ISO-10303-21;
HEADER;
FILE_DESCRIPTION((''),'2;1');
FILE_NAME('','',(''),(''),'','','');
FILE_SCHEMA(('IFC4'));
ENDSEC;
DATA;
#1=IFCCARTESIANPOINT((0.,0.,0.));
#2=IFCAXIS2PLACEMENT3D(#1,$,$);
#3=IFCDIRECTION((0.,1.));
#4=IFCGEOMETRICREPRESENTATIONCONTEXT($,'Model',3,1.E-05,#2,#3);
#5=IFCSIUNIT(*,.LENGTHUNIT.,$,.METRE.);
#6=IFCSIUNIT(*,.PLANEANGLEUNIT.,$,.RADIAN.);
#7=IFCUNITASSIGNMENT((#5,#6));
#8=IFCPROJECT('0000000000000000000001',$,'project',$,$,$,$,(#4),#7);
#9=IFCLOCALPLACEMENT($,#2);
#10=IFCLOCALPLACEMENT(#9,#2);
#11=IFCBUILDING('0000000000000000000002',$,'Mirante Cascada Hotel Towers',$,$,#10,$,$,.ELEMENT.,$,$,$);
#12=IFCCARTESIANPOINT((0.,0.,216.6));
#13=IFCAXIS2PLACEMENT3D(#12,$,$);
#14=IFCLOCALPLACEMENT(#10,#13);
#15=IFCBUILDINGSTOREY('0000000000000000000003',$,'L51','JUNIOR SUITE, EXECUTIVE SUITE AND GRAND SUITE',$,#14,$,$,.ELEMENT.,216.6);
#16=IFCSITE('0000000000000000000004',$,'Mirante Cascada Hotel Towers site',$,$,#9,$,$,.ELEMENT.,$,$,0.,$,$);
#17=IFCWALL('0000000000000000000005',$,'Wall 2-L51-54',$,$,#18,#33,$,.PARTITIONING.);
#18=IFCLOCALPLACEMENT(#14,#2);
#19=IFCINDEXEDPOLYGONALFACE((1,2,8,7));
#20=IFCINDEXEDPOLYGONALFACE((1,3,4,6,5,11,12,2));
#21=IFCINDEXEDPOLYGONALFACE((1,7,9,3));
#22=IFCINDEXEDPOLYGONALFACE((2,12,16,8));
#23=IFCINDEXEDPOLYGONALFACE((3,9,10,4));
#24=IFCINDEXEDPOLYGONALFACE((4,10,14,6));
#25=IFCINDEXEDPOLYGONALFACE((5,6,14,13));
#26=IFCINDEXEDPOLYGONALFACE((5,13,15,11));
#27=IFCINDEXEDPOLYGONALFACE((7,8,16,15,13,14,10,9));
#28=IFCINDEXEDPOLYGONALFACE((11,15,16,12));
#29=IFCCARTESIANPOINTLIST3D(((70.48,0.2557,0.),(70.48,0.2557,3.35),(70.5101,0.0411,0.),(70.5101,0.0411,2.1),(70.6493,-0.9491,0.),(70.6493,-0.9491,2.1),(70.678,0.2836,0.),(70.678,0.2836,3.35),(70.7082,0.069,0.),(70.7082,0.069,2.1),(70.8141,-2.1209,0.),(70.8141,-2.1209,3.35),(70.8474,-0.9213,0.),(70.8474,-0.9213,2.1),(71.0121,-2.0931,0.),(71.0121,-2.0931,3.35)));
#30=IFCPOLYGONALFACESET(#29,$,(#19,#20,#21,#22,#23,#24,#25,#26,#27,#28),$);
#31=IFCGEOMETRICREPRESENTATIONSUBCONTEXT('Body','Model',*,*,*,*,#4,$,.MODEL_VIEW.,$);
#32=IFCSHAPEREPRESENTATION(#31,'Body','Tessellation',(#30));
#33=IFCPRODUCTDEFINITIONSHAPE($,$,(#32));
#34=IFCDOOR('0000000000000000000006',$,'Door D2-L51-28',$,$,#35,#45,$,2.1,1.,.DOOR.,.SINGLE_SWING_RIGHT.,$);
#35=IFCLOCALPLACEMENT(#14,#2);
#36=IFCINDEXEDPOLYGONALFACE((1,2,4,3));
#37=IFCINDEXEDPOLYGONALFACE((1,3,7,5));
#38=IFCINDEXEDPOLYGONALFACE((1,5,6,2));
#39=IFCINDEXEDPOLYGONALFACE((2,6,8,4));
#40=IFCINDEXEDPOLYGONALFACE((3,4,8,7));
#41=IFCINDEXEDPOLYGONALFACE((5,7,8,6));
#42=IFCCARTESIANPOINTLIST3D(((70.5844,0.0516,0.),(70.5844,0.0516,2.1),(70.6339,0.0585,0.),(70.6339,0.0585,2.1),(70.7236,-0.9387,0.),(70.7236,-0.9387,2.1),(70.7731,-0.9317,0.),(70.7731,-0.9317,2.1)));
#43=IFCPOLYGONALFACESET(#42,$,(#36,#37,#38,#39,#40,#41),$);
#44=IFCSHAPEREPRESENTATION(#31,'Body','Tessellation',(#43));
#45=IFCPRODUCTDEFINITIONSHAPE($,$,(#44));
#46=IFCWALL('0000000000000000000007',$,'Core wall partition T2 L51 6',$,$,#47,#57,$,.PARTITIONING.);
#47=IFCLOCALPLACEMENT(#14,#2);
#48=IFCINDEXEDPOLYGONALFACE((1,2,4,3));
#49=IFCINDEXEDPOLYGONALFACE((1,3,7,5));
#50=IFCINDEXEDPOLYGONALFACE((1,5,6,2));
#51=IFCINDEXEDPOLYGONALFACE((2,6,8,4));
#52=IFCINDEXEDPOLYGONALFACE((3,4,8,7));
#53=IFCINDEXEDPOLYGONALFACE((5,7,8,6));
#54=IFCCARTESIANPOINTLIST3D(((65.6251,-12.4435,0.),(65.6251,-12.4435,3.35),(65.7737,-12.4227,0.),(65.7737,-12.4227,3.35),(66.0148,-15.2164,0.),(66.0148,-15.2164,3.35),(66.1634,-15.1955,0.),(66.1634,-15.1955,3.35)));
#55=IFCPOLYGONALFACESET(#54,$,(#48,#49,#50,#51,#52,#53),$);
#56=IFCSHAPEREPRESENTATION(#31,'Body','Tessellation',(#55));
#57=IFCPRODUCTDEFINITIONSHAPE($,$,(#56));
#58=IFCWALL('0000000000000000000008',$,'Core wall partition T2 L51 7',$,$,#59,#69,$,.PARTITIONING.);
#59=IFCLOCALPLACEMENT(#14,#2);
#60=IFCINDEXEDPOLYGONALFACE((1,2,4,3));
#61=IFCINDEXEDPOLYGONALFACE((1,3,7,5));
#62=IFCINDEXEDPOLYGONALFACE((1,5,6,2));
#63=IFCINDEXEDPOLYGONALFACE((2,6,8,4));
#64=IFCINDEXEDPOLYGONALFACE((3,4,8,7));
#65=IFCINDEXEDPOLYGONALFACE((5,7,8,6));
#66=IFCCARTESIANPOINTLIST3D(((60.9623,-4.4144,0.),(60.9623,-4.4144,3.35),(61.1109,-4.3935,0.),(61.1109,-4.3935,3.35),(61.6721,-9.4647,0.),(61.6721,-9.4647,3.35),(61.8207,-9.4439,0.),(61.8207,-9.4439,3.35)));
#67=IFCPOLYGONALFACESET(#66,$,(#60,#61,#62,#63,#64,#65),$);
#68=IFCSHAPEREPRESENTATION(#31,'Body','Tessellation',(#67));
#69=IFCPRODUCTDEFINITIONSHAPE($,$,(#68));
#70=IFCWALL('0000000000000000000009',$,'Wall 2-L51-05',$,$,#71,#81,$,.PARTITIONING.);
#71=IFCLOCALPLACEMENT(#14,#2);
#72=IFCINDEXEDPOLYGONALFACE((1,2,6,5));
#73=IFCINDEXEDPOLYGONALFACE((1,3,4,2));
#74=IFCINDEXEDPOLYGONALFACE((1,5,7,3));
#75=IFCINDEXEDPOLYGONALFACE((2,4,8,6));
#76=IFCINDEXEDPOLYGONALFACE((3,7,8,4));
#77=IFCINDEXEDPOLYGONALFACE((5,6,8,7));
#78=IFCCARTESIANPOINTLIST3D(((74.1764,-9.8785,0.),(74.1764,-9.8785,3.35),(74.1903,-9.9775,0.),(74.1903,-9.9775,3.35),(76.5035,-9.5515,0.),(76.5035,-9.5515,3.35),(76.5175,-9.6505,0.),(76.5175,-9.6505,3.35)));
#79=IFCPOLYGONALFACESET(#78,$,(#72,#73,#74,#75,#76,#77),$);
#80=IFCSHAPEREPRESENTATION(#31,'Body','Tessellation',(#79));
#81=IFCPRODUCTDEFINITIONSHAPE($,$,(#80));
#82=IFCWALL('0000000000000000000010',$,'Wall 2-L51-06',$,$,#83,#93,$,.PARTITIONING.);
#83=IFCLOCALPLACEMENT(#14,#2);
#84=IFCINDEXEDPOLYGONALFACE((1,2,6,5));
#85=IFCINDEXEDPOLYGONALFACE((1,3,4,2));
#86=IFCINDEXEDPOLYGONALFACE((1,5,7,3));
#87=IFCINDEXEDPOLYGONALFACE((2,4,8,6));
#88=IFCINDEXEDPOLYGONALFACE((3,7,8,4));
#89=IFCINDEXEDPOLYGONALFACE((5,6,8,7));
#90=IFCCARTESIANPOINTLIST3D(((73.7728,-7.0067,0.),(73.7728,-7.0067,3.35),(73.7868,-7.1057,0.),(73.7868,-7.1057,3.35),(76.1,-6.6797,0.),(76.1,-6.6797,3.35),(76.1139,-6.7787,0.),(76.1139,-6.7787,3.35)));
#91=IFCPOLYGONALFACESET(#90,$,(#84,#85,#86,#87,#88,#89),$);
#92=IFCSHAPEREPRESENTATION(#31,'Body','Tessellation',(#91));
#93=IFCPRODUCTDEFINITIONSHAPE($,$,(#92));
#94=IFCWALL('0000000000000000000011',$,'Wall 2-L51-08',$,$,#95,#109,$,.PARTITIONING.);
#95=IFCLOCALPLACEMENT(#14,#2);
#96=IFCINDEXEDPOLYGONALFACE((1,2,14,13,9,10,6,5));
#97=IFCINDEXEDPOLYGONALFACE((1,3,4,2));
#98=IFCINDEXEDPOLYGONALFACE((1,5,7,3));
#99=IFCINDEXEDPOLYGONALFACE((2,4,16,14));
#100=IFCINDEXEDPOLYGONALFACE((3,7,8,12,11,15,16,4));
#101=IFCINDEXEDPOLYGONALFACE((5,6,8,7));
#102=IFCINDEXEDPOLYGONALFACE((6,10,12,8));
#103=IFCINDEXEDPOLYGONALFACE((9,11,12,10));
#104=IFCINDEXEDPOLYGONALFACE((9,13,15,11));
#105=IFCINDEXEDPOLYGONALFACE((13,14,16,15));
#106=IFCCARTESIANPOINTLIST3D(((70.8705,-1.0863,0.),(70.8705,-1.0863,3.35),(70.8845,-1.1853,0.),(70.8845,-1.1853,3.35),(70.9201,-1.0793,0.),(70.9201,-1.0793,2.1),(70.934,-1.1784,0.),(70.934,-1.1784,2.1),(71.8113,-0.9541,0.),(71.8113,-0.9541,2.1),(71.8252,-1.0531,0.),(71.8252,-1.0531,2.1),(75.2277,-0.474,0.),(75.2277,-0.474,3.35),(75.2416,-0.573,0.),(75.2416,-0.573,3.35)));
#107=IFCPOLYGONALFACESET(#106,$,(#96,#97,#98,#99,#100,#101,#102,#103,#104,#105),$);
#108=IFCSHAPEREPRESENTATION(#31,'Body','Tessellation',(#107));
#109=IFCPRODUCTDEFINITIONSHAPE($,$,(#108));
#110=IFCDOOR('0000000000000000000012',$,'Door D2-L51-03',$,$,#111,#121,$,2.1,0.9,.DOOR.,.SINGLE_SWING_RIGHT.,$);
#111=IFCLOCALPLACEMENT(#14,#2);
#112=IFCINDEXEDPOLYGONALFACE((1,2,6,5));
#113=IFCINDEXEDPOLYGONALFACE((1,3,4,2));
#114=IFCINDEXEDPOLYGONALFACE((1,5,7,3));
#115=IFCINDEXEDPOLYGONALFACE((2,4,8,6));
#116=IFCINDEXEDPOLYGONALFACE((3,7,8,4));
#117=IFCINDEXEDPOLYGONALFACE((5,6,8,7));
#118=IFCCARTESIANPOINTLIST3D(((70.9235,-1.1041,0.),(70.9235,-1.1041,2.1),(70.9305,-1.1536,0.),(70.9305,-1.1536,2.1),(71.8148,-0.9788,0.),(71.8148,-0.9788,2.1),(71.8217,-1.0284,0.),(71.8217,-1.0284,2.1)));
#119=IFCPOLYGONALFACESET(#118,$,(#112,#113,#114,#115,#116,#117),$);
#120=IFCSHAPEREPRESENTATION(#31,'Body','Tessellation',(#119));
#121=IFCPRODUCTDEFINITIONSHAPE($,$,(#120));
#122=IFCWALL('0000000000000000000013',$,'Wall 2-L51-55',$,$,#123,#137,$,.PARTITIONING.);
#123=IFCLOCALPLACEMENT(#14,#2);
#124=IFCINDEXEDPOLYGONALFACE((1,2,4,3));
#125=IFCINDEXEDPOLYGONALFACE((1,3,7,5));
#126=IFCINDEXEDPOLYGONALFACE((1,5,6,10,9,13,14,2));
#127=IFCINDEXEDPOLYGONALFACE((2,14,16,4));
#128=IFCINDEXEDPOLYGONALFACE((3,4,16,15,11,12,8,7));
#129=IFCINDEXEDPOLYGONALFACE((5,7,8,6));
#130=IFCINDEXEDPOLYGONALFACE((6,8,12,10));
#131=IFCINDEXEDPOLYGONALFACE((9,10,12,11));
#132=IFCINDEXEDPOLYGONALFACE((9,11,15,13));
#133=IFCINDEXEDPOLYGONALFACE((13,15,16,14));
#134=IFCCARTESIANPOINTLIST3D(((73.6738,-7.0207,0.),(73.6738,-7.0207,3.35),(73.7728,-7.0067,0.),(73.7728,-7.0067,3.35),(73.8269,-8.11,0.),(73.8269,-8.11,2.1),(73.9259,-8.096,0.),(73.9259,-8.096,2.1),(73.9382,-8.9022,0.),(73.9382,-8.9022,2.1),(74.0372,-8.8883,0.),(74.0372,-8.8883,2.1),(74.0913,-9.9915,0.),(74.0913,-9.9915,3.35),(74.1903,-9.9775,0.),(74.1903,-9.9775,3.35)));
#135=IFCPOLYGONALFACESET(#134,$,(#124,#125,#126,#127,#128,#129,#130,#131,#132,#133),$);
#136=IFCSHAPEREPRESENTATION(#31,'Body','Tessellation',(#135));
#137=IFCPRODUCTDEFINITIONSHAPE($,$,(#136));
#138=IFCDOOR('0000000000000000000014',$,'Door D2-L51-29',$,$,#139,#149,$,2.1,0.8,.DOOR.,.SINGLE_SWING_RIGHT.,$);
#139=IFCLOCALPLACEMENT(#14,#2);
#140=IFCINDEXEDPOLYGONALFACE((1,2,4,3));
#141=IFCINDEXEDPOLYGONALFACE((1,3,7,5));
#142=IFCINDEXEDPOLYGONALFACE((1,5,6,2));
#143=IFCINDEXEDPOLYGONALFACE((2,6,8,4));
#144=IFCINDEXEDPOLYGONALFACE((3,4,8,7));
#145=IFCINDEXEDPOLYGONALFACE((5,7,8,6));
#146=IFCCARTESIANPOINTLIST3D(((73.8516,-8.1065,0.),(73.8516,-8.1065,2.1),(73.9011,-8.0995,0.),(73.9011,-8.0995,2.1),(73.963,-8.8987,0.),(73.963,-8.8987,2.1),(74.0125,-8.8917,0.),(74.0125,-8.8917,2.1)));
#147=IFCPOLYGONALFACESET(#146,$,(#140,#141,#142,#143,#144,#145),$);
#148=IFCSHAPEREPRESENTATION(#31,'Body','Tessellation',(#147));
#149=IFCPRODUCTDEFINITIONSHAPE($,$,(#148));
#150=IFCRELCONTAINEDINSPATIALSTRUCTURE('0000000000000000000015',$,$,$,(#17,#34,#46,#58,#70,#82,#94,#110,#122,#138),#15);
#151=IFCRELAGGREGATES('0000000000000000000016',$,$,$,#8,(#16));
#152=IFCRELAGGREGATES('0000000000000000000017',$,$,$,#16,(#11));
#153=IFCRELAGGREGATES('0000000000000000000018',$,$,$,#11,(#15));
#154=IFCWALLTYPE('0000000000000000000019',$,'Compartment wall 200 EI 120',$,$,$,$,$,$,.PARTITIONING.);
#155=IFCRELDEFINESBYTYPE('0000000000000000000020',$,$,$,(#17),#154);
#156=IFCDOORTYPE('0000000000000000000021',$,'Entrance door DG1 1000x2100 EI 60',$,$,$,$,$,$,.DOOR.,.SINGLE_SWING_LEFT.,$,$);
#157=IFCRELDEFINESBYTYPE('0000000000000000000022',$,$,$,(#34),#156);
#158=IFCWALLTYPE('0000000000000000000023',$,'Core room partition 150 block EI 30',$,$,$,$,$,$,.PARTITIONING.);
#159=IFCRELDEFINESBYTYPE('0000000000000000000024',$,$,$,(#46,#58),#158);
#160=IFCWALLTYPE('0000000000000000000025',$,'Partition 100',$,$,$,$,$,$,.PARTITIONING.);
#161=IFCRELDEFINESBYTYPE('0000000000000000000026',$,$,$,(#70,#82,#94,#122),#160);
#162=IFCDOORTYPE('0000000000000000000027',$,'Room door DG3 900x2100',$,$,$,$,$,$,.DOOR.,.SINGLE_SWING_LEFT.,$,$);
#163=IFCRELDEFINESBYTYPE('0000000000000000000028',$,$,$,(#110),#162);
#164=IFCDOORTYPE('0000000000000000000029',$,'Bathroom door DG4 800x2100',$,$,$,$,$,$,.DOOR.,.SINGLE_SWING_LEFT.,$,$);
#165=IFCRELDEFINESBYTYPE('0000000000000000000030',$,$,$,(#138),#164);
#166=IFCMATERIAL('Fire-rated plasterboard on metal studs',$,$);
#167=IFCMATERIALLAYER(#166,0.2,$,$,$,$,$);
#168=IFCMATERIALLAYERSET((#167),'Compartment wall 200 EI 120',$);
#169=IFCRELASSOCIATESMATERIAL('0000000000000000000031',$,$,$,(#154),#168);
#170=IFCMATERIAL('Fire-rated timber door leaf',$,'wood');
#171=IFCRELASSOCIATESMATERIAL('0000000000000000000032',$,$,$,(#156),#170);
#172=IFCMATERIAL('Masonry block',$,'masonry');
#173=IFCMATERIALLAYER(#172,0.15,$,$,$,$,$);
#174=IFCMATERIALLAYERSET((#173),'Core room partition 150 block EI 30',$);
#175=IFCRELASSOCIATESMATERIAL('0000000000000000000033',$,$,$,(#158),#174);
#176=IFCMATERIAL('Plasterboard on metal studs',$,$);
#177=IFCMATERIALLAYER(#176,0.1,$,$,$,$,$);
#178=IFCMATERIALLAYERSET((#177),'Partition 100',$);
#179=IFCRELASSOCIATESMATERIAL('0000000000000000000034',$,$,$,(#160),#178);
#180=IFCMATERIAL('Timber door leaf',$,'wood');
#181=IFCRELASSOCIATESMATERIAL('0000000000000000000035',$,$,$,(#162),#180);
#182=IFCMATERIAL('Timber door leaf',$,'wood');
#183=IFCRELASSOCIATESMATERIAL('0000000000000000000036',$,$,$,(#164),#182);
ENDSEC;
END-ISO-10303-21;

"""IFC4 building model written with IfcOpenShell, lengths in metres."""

from ifc_helpers import new_model, si_unit, direction, frame, frame_2d, origin, place, context, subcontext, project, spatial, rectangle, extrude, material, layer, layer_set, type_object, element, fill, save


model = new_model("IFC4")

# Units and contexts
model_context = context("Model", 3, precision=1e-05, world=origin(), true_north=direction((0.0, 1.0)))
body_context = subcontext(model_context, "Body", "Model", "MODEL_VIEW")
ifc_project = project(units=[si_unit("LENGTHUNIT", "METRE"), si_unit("PLANEANGLEUNIT", "RADIAN")], contexts=[model_context])

# Site, building, storey
site_placement = place(None, origin())
site = spatial("IfcSite", under=ifc_project, at=site_placement, Name="Mirante Cascada Hotel Towers site", CompositionType="ELEMENT", RefElevation=0.0)
building_placement = place(site_placement, origin())
building = spatial("IfcBuilding", under=site, at=building_placement, Name="Mirante Cascada Hotel Towers", CompositionType="ELEMENT")
storey_placement = place(building_placement, frame((0.0, 0.0, 216.6)))
storey = spatial("IfcBuildingStorey", under=building, at=storey_placement, Name="L51", Description="JUNIOR SUITE, EXECUTIVE SUITE AND GRAND SUITE", CompositionType="ELEMENT", Elevation=216.6)

# Wall, opening, door
ifc_material_1 = material(Name="Fire-rated plasterboard on metal studs")
ifc_layer_1 = layer(ifc_material_1, 0.2)
ifc_layer_set_1 = layer_set([ifc_layer_1], Name="Compartment wall 200 EI 120")
wall_type_1 = type_object("IfcWallType", Name="Compartment wall 200 EI 120", PredefinedType="PARTITIONING", material=ifc_layer_set_1)
wall_1_placement = place(storey_placement, frame((70.9131, -2.107, 0.0), z_axis=(0.0, 0.0, 1.0), x_axis=(-0.13921, 0.990263, 0.0)))
wall_1 = element("IfcWall", 1, at=wall_1_placement, inside=storey, type_object=wall_type_1, Name="Wall 2-L51-54", PredefinedType="PARTITIONING", context=body_context, shape_type="SweptSolid", body=[
    extrude(rectangle(XDim=2.4, YDim=0.2, at=frame_2d((1.2, 0.0))), origin(), (0.0, 0.0, 1.0), 3.35),
])
opening_1_placement = place(wall_1_placement, frame((1.1833, 0.0, 0.0)))
opening_1 = element("IfcOpeningElement", 2, at=opening_1_placement, cuts=wall_1, PredefinedType="OPENING", context=body_context, shape_type="SweptSolid", body=[
    extrude(rectangle(XDim=1.0, YDim=2.1, at=frame_2d((0.5, 1.05))), frame((0.0, 0.1, 0.0), z_axis=(0.0, -1.0, 0.0), x_axis=(1.0, 0.0, 0.0)), (0.0, 0.0, 1.0), 0.2),
])
ifc_material_2 = material(Name="Fire-rated timber door leaf", Category="wood")
door_type_1 = type_object("IfcDoorType", Name="Entrance door DG1 1000x2100 EI 60", OperationType="SINGLE_SWING_LEFT", PredefinedType="DOOR", material=ifc_material_2)
door_1_placement = place(opening_1_placement, frame((1.0, 0.0, 0.0), z_axis=(0.0, 0.0, 1.0), x_axis=(-1.0, 0.0, 0.0)))
door_1 = element("IfcDoor", 3, at=door_1_placement, inside=storey, type_object=door_type_1, Name="Door D2-L51-28", OperationType="SINGLE_SWING_RIGHT", OverallHeight=2.1, OverallWidth=1.0, PredefinedType="DOOR", context=body_context, shape_type="SweptSolid", body=[
    extrude(rectangle(XDim=1.0, YDim=2.1, at=frame_2d((0.5, 1.05))), frame((0.0, 0.025, 0.0), z_axis=(0.0, -1.0, 0.0), x_axis=(1.0, 0.0, 0.0)), (0.0, 0.0, 1.0), 0.05),
])
fill(opening_1, door_1)

# Walls
ifc_material_3 = material(Name="Masonry block", Category="masonry")
ifc_layer_2 = layer(ifc_material_3, 0.15)
ifc_layer_set_2 = layer_set([ifc_layer_2], Name="Core room partition 150 block EI 30")
wall_type_2 = type_object("IfcWallType", Name="Core room partition 150 block EI 30", PredefinedType="PARTITIONING", material=ifc_layer_set_2)
wall_2_placement = place(storey_placement, frame((66.0891, -15.2059, 0.0), z_axis=(0.0, 0.0, 1.0), x_axis=(-0.139176, 0.990268, 0.0)))
element("IfcWall", 4, at=wall_2_placement, inside=storey, type_object=wall_type_2, Name="Core wall partition T2 L51 6", PredefinedType="PARTITIONING", context=body_context, shape_type="SweptSolid", body=[
    extrude(rectangle(XDim=2.8001, YDim=0.15, at=frame_2d((1.4, 0.0))), origin(), (0.0, 0.0, 1.0), 3.35),
])
wall_3_placement = place(storey_placement, frame((61.7464, -9.4543, 0.0), z_axis=(0.0, 0.0, 1.0), x_axis=(-0.139176, 0.990268, 0.0)))
element("IfcWall", 5, at=wall_3_placement, inside=storey, type_object=wall_type_2, Name="Core wall partition T2 L51 7", PredefinedType="PARTITIONING", context=body_context, shape_type="SweptSolid", body=[
    extrude(rectangle(XDim=5.1, YDim=0.15, at=frame_2d((2.55, 0.0))), origin(), (0.0, 0.0, 1.0), 3.35),
])
ifc_material_4 = material(Name="Plasterboard on metal studs")
ifc_layer_3 = layer(ifc_material_4, 0.1)
ifc_layer_set_3 = layer_set([ifc_layer_3], Name="Partition 100")
wall_type_3 = type_object("IfcWallType", Name="Partition 100", PredefinedType="PARTITIONING", material=ifc_layer_set_3)
for number, where, z_axis, x_axis, name in (
    (6, (76.5105, -9.601, 0.0), (0.0, 0.0, 1.0), (-0.990271, -0.139151, 0.0), "Wall 2-L51-05"),
    (7, (73.7798, -7.0562, 0.0), (0.0, 0.0, 1.0), (0.990271, 0.139151, 0.0), "Wall 2-L51-06"),
):
    element("IfcWall", number, at=place(storey_placement, frame(where, z_axis=z_axis, x_axis=x_axis)), inside=storey, type_object=wall_type_3, Name=name, PredefinedType="PARTITIONING", context=body_context, shape_type="SweptSolid", body=[
        extrude(rectangle(XDim=2.35, YDim=0.1, at=frame_2d((1.175, 0.0))), origin(), (0.0, 0.0, 1.0), 3.35),
    ])

# Walls, openings, doors
wall_4_placement = place(storey_placement, frame((70.8775, -1.1358, 0.0), z_axis=(0.0, 0.0, 1.0), x_axis=(0.99027, 0.139159, 0.0)))
wall_4 = element("IfcWall", 8, at=wall_4_placement, inside=storey, type_object=wall_type_3, Name="Wall 2-L51-08", PredefinedType="PARTITIONING", context=body_context, shape_type="SweptSolid", body=[
    extrude(rectangle(XDim=4.4, YDim=0.1, at=frame_2d((2.2, 0.0))), origin(), (0.0, 0.0, 1.0), 3.35),
])
opening_2_placement = place(wall_4_placement, frame((0.05, 0.0, 0.0)))
opening_2 = element("IfcOpeningElement", 9, at=opening_2_placement, cuts=wall_4, PredefinedType="OPENING", context=body_context, shape_type="SweptSolid", body=[
    extrude(rectangle(XDim=0.9, YDim=2.1, at=frame_2d((0.45, 1.05))), frame((0.0, 0.05, 0.0), z_axis=(0.0, -1.0, 0.0), x_axis=(1.0, 0.0, 0.0)), (0.0, 0.0, 1.0), 0.1),
])
ifc_material_5 = material(Name="Timber door leaf", Category="wood")
door_type_2 = type_object("IfcDoorType", Name="Room door DG3 900x2100", OperationType="SINGLE_SWING_LEFT", PredefinedType="DOOR", material=ifc_material_5)
door_2_placement = place(opening_2_placement, frame((0.9, 0.0, 0.0), z_axis=(0.0, 0.0, 1.0), x_axis=(-1.0, 0.0, 0.0)))
door_2 = element("IfcDoor", 10, at=door_2_placement, inside=storey, type_object=door_type_2, Name="Door D2-L51-03", OperationType="SINGLE_SWING_RIGHT", OverallHeight=2.1, OverallWidth=0.9, PredefinedType="DOOR", context=body_context, shape_type="SweptSolid", body=[
    extrude(rectangle(XDim=0.9, YDim=2.1, at=frame_2d((0.45, 1.05))), frame((0.0, 0.025, 0.0), z_axis=(0.0, -1.0, 0.0), x_axis=(1.0, 0.0, 0.0)), (0.0, 0.0, 1.0), 0.05),
])
fill(opening_2, door_2)
wall_5_placement = place(storey_placement, frame((73.7233, -7.0137, 0.0), z_axis=(0.0, 0.0, 1.0), x_axis=(0.139167, -0.990269, 0.0)))
wall_5 = element("IfcWall", 11, at=wall_5_placement, inside=storey, type_object=wall_type_3, Name="Wall 2-L51-55", PredefinedType="PARTITIONING", context=body_context, shape_type="SweptSolid", body=[
    extrude(rectangle(XDim=3.0, YDim=0.1, at=frame_2d((1.5, 0.0))), origin(), (0.0, 0.0, 1.0), 3.35),
])
opening_3_placement = place(wall_5_placement, frame((1.1, 0.0, 0.0)))
opening_3 = element("IfcOpeningElement", 12, at=opening_3_placement, cuts=wall_5, PredefinedType="OPENING", context=body_context, shape_type="SweptSolid", body=[
    extrude(rectangle(XDim=0.8, YDim=2.1, at=frame_2d((0.4, 1.05))), frame((0.0, 0.05, 0.0), z_axis=(0.0, -1.0, 0.0), x_axis=(1.0, 0.0, 0.0)), (0.0, 0.0, 1.0), 0.1),
])
ifc_material_6 = material(Name="Timber door leaf", Category="wood")
door_type_3 = type_object("IfcDoorType", Name="Bathroom door DG4 800x2100", OperationType="SINGLE_SWING_LEFT", PredefinedType="DOOR", material=ifc_material_6)
door_3_placement = place(opening_3_placement, frame((0.8, 0.0, 0.0), z_axis=(0.0, 0.0, 1.0), x_axis=(-1.0, 0.0, 0.0)))
door_3 = element("IfcDoor", 13, at=door_3_placement, inside=storey, type_object=door_type_3, Name="Door D2-L51-29", OperationType="SINGLE_SWING_RIGHT", OverallHeight=2.1, OverallWidth=0.8, PredefinedType="DOOR", context=body_context, shape_type="SweptSolid", body=[
    extrude(rectangle(XDim=0.8, YDim=2.1, at=frame_2d((0.4, 1.05))), frame((0.0, 0.025, 0.0), z_axis=(0.0, -1.0, 0.0), x_axis=(1.0, 0.0, 0.0)), (0.0, 0.0, 1.0), 0.05),
])
fill(opening_3, door_3)

save(model, "model.ifc")
